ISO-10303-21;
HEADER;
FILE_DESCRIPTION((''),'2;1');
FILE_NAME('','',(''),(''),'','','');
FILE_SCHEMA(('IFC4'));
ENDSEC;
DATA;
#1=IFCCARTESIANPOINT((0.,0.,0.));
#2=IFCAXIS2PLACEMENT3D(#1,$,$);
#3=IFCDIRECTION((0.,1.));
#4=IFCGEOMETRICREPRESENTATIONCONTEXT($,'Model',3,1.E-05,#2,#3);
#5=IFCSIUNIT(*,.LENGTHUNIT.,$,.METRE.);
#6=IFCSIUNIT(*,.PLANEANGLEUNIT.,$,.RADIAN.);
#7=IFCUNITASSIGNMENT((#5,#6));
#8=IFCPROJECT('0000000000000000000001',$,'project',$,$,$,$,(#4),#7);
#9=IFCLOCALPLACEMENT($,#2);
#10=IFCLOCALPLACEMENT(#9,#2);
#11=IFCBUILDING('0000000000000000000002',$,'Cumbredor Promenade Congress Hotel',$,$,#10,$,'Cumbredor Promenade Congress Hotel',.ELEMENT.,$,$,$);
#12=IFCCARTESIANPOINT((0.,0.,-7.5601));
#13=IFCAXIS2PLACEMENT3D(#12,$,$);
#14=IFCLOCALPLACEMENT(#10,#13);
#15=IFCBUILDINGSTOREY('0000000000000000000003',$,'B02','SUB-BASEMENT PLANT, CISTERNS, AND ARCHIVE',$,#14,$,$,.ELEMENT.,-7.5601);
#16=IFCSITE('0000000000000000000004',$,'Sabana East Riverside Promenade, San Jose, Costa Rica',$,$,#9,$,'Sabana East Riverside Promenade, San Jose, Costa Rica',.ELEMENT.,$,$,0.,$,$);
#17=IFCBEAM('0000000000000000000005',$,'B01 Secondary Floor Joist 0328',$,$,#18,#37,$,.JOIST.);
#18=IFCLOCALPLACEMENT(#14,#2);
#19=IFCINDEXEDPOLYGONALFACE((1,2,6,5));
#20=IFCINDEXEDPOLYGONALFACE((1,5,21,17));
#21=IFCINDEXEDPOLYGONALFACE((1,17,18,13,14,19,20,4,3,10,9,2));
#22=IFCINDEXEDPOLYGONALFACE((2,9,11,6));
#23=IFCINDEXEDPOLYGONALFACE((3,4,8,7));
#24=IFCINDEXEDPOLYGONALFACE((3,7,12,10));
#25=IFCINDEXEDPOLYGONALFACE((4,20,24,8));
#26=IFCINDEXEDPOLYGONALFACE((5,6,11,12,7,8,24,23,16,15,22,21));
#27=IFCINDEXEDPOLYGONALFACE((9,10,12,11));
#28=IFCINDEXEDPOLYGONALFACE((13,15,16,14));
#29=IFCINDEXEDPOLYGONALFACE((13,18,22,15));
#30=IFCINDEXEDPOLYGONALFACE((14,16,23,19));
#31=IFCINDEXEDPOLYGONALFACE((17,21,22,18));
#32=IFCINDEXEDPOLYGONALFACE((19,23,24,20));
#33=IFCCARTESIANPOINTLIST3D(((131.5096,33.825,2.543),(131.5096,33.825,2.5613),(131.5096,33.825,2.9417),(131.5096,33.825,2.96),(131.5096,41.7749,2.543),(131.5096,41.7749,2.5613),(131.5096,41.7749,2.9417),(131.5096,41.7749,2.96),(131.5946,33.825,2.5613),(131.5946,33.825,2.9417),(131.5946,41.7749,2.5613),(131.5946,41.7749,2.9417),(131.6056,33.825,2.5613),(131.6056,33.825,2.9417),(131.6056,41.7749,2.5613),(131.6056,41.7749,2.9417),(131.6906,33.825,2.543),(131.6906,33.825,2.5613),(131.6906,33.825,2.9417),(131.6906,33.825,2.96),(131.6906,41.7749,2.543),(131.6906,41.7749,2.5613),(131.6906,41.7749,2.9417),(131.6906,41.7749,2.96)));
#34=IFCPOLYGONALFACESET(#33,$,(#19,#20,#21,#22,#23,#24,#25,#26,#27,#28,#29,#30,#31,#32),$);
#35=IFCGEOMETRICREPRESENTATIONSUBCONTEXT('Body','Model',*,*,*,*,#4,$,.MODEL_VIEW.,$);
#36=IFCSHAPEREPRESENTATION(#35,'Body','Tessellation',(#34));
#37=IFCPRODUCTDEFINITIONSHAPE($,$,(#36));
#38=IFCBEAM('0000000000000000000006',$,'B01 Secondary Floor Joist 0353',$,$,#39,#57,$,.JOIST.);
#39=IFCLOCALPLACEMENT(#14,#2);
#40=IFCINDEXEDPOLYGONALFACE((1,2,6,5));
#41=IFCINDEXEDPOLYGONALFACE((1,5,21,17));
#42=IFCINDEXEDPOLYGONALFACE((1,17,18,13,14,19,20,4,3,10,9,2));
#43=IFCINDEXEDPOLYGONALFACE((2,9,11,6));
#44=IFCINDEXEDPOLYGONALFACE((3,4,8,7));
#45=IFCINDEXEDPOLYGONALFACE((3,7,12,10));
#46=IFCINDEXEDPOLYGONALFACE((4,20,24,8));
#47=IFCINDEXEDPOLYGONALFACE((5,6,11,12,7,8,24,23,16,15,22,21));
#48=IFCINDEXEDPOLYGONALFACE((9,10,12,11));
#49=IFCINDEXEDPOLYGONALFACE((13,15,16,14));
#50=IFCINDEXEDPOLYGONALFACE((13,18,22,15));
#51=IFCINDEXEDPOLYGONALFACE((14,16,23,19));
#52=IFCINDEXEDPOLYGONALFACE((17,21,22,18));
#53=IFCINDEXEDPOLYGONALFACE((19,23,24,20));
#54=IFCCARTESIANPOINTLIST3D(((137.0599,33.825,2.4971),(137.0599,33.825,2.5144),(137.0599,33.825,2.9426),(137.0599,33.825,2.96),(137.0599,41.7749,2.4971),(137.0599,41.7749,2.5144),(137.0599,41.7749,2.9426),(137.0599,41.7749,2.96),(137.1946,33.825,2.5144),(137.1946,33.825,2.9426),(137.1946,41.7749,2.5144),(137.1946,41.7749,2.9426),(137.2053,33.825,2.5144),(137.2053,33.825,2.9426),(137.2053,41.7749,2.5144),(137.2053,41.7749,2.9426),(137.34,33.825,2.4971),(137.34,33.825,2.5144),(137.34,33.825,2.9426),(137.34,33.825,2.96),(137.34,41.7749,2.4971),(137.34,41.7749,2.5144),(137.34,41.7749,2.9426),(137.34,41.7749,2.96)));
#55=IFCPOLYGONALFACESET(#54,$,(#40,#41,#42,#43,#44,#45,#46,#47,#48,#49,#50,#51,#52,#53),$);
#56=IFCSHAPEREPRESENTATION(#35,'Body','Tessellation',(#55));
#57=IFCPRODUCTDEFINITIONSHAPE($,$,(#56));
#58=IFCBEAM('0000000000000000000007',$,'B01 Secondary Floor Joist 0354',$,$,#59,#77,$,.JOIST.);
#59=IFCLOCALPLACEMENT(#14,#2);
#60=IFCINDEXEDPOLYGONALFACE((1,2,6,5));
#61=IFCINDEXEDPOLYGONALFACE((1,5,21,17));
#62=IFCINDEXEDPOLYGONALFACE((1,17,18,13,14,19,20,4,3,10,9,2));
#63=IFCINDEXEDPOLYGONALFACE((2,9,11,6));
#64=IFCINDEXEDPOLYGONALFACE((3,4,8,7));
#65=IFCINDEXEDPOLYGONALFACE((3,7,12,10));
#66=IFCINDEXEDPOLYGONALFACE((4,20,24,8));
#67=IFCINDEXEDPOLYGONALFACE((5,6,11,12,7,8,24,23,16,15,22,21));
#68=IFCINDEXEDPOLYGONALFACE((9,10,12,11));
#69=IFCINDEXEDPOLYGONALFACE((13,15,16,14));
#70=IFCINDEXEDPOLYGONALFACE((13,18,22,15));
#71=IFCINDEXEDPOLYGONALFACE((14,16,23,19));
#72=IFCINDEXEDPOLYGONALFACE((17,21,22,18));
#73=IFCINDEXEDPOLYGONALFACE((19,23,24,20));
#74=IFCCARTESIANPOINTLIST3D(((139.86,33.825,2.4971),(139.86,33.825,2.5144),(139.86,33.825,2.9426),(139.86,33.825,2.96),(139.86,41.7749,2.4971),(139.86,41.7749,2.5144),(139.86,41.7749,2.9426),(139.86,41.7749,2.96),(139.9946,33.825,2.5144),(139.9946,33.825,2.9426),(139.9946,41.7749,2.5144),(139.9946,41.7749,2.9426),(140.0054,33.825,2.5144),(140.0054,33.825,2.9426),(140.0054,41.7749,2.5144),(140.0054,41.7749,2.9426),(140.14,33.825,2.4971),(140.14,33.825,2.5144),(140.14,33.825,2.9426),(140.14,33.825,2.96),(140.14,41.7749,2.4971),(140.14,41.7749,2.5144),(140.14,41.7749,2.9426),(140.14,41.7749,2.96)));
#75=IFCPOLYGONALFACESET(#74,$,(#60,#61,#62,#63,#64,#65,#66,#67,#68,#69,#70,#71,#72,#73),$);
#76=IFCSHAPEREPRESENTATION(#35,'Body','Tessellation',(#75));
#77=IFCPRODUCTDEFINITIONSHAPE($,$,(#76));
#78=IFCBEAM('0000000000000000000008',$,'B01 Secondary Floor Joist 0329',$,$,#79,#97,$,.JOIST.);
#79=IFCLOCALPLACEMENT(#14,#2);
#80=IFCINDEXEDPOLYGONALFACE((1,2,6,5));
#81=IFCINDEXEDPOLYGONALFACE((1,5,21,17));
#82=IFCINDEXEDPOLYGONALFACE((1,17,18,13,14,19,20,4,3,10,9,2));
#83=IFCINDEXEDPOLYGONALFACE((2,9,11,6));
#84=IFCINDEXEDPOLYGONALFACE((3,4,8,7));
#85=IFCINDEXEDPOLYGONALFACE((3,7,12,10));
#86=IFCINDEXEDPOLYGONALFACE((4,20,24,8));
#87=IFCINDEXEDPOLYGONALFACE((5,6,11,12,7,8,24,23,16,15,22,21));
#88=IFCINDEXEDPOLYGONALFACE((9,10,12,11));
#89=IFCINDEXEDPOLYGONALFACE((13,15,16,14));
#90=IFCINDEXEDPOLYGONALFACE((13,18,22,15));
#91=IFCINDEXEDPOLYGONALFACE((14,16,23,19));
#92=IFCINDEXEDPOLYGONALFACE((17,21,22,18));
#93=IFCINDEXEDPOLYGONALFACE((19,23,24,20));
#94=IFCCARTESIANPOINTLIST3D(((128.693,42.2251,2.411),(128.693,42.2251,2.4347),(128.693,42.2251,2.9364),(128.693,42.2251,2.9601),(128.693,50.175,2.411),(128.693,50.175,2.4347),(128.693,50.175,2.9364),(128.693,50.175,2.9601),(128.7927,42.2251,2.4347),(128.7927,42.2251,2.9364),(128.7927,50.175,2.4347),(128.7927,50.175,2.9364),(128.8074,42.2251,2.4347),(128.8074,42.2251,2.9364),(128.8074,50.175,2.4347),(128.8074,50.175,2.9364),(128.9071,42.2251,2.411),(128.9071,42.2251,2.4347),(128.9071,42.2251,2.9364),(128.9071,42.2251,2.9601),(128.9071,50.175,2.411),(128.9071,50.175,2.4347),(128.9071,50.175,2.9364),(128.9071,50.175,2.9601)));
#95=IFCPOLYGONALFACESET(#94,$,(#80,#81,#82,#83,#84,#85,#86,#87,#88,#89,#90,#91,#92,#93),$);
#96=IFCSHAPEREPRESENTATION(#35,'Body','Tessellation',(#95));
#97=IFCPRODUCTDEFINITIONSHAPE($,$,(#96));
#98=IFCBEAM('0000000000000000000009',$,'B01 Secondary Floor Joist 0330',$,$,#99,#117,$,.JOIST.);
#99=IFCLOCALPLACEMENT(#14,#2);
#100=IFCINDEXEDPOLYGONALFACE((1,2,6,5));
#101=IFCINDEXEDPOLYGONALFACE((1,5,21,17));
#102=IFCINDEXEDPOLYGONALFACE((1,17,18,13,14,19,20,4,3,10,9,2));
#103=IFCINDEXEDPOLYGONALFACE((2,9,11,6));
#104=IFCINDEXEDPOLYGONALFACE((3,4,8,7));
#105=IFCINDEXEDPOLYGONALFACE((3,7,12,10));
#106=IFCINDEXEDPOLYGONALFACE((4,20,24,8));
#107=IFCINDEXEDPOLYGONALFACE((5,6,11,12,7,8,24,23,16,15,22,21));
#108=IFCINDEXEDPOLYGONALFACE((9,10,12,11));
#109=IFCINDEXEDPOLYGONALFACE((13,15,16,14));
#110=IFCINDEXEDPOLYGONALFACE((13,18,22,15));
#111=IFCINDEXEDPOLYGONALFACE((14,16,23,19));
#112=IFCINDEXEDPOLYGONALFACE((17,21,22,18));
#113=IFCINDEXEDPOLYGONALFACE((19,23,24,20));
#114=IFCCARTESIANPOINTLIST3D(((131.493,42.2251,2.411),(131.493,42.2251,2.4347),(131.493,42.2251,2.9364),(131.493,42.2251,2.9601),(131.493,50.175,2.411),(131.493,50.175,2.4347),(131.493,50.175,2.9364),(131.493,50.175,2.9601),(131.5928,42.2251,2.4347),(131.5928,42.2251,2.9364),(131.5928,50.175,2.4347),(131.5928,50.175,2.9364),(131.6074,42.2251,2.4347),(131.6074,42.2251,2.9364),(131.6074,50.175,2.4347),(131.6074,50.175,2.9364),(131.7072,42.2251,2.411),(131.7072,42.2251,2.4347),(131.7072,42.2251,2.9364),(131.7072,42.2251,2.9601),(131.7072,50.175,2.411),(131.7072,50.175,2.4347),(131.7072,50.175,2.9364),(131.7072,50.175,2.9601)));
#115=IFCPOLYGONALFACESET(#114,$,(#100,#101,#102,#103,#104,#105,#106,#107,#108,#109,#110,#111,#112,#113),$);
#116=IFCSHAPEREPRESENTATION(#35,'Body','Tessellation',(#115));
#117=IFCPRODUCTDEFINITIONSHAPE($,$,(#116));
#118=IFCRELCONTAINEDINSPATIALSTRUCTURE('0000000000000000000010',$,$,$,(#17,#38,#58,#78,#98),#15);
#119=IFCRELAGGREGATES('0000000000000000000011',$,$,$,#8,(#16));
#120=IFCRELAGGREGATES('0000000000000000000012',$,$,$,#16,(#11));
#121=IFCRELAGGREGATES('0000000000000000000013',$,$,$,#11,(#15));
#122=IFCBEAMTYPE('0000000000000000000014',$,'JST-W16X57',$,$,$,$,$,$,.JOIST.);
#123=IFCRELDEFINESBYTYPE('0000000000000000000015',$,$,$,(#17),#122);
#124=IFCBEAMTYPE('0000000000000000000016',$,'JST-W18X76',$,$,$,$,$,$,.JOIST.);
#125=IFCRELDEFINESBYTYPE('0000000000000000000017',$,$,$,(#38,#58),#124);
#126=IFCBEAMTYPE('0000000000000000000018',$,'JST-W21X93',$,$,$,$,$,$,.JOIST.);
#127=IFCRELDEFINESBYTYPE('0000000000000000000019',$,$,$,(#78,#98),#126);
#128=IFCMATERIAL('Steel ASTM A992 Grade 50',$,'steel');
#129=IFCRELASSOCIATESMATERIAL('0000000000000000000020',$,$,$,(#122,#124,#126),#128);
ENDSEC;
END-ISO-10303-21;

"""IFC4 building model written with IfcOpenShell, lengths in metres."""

from ifc_helpers import new_model, si_unit, direction, frame, origin, origin_2d, place, context, subcontext, project, spatial, i_section, extrude, material, material_profile, profile_set, type_object, element, save


model = new_model("IFC4")

# Units and contexts
model_context = context("Model", 3, precision=1e-05, world=origin(), true_north=direction((0.0, 1.0)))
body_context = subcontext(model_context, "Body", "Model", "MODEL_VIEW")
ifc_project = project(units=[si_unit("LENGTHUNIT", "METRE"), si_unit("PLANEANGLEUNIT", "RADIAN")], contexts=[model_context])

# Site, building, storey
site_placement = place(None, origin())
site = spatial("IfcSite", under=ifc_project, at=site_placement, Name="Sabana East Riverside Promenade, San Jose, Costa Rica", LongName="Sabana East Riverside Promenade, San Jose, Costa Rica", CompositionType="ELEMENT", RefElevation=0.0)
building_placement = place(site_placement, origin())
building = spatial("IfcBuilding", under=site, at=building_placement, Name="Cumbredor Promenade Congress Hotel", LongName="Cumbredor Promenade Congress Hotel", CompositionType="ELEMENT")
storey_placement = place(building_placement, frame((0.0, 0.0, -7.5601)))
storey = spatial("IfcBuildingStorey", under=building, at=storey_placement, Name="B02", Description="SUB-BASEMENT PLANT, CISTERNS, AND ARCHIVE", CompositionType="ELEMENT", Elevation=-7.5601)

# Beams
ifc_material_1 = material(Name="Steel ASTM A992 Grade 50", Category="steel")
ifc_material_profile_1 = material_profile(ifc_material_1, i_section(OverallWidth=0.1809, OverallDepth=0.417, WebThickness=0.011, FlangeThickness=0.0183, at=origin_2d()), Name="W16X57")
ifc_profile_set_1 = profile_set([ifc_material_profile_1], Name="Steel ASTM A992 Grade 50")
beam_type_1 = type_object("IfcBeamType", Name="JST-W16X57", PredefinedType="JOIST", material=ifc_profile_set_1)
beam_1_placement = place(storey_placement, frame((131.6001, 33.825, 2.7515), z_axis=(0.0, 1.0, 0.0), x_axis=(-1.0, 0.0, 0.0)))
element("IfcBeam", 1, at=beam_1_placement, inside=storey, type_object=beam_type_1, Name="B01 Secondary Floor Joist 0328", PredefinedType="JOIST", context=body_context, shape_type="SweptSolid", body=[
    extrude(i_section(OverallWidth=0.1809, OverallDepth=0.417, WebThickness=0.011, FlangeThickness=0.0183, at=origin_2d()), origin(), (0.0, 0.0, 1.0), 7.95),
])
ifc_material_profile_2 = material_profile(ifc_material_1, i_section(OverallWidth=0.28, OverallDepth=0.4629, WebThickness=0.0107, FlangeThickness=0.0173, at=origin_2d()), Name="W18X76")
ifc_profile_set_2 = profile_set([ifc_material_profile_2], Name="Steel ASTM A992 Grade 50")
beam_type_2 = type_object("IfcBeamType", Name="JST-W18X76", PredefinedType="JOIST", material=ifc_profile_set_2)
for number, where, z_axis, x_axis, name in (
    (2, (137.2, 33.825, 2.7285), (0.0, 1.0, 0.0), (-1.0, 0.0, 0.0), "B01 Secondary Floor Joist 0353"),
    (3, (140.0, 33.825, 2.7285), (0.0, 1.0, 0.0), (-1.0, 0.0, 0.0), "B01 Secondary Floor Joist 0354"),
):
    element("IfcBeam", number, at=place(storey_placement, frame(where, z_axis=z_axis, x_axis=x_axis)), inside=storey, type_object=beam_type_2, Name=name, PredefinedType="JOIST", context=body_context, shape_type="SweptSolid", body=[
        extrude(i_section(OverallWidth=0.28, OverallDepth=0.4629, WebThickness=0.0107, FlangeThickness=0.0173, at=origin_2d()), origin(), (0.0, 0.0, 1.0), 7.95),
    ])
ifc_material_profile_3 = material_profile(ifc_material_1, i_section(OverallWidth=0.2141, OverallDepth=0.5491, WebThickness=0.0146, FlangeThickness=0.0237, at=origin_2d()), Name="W21X93")
ifc_profile_set_3 = profile_set([ifc_material_profile_3], Name="Steel ASTM A992 Grade 50")
beam_type_3 = type_object("IfcBeamType", Name="JST-W21X93", PredefinedType="JOIST", material=ifc_profile_set_3)
for number, where, z_axis, x_axis, name in (
    (4, (128.8, 42.2251, 2.6855), (0.0, 1.0, 0.0), (-1.0, 0.0, 0.0), "B01 Secondary Floor Joist 0329"),
    (5, (131.6001, 42.2251, 2.6855), (0.0, 1.0, 0.0), (-1.0, 0.0, 0.0), "B01 Secondary Floor Joist 0330"),
):
    element("IfcBeam", number, at=place(storey_placement, frame(where, z_axis=z_axis, x_axis=x_axis)), inside=storey, type_object=beam_type_3, Name=name, PredefinedType="JOIST", context=body_context, shape_type="SweptSolid", body=[
        extrude(i_section(OverallWidth=0.2141, OverallDepth=0.5491, WebThickness=0.0146, FlangeThickness=0.0237, at=origin_2d()), origin(), (0.0, 0.0, 1.0), 7.95),
    ])

save(model, "model.ifc")
